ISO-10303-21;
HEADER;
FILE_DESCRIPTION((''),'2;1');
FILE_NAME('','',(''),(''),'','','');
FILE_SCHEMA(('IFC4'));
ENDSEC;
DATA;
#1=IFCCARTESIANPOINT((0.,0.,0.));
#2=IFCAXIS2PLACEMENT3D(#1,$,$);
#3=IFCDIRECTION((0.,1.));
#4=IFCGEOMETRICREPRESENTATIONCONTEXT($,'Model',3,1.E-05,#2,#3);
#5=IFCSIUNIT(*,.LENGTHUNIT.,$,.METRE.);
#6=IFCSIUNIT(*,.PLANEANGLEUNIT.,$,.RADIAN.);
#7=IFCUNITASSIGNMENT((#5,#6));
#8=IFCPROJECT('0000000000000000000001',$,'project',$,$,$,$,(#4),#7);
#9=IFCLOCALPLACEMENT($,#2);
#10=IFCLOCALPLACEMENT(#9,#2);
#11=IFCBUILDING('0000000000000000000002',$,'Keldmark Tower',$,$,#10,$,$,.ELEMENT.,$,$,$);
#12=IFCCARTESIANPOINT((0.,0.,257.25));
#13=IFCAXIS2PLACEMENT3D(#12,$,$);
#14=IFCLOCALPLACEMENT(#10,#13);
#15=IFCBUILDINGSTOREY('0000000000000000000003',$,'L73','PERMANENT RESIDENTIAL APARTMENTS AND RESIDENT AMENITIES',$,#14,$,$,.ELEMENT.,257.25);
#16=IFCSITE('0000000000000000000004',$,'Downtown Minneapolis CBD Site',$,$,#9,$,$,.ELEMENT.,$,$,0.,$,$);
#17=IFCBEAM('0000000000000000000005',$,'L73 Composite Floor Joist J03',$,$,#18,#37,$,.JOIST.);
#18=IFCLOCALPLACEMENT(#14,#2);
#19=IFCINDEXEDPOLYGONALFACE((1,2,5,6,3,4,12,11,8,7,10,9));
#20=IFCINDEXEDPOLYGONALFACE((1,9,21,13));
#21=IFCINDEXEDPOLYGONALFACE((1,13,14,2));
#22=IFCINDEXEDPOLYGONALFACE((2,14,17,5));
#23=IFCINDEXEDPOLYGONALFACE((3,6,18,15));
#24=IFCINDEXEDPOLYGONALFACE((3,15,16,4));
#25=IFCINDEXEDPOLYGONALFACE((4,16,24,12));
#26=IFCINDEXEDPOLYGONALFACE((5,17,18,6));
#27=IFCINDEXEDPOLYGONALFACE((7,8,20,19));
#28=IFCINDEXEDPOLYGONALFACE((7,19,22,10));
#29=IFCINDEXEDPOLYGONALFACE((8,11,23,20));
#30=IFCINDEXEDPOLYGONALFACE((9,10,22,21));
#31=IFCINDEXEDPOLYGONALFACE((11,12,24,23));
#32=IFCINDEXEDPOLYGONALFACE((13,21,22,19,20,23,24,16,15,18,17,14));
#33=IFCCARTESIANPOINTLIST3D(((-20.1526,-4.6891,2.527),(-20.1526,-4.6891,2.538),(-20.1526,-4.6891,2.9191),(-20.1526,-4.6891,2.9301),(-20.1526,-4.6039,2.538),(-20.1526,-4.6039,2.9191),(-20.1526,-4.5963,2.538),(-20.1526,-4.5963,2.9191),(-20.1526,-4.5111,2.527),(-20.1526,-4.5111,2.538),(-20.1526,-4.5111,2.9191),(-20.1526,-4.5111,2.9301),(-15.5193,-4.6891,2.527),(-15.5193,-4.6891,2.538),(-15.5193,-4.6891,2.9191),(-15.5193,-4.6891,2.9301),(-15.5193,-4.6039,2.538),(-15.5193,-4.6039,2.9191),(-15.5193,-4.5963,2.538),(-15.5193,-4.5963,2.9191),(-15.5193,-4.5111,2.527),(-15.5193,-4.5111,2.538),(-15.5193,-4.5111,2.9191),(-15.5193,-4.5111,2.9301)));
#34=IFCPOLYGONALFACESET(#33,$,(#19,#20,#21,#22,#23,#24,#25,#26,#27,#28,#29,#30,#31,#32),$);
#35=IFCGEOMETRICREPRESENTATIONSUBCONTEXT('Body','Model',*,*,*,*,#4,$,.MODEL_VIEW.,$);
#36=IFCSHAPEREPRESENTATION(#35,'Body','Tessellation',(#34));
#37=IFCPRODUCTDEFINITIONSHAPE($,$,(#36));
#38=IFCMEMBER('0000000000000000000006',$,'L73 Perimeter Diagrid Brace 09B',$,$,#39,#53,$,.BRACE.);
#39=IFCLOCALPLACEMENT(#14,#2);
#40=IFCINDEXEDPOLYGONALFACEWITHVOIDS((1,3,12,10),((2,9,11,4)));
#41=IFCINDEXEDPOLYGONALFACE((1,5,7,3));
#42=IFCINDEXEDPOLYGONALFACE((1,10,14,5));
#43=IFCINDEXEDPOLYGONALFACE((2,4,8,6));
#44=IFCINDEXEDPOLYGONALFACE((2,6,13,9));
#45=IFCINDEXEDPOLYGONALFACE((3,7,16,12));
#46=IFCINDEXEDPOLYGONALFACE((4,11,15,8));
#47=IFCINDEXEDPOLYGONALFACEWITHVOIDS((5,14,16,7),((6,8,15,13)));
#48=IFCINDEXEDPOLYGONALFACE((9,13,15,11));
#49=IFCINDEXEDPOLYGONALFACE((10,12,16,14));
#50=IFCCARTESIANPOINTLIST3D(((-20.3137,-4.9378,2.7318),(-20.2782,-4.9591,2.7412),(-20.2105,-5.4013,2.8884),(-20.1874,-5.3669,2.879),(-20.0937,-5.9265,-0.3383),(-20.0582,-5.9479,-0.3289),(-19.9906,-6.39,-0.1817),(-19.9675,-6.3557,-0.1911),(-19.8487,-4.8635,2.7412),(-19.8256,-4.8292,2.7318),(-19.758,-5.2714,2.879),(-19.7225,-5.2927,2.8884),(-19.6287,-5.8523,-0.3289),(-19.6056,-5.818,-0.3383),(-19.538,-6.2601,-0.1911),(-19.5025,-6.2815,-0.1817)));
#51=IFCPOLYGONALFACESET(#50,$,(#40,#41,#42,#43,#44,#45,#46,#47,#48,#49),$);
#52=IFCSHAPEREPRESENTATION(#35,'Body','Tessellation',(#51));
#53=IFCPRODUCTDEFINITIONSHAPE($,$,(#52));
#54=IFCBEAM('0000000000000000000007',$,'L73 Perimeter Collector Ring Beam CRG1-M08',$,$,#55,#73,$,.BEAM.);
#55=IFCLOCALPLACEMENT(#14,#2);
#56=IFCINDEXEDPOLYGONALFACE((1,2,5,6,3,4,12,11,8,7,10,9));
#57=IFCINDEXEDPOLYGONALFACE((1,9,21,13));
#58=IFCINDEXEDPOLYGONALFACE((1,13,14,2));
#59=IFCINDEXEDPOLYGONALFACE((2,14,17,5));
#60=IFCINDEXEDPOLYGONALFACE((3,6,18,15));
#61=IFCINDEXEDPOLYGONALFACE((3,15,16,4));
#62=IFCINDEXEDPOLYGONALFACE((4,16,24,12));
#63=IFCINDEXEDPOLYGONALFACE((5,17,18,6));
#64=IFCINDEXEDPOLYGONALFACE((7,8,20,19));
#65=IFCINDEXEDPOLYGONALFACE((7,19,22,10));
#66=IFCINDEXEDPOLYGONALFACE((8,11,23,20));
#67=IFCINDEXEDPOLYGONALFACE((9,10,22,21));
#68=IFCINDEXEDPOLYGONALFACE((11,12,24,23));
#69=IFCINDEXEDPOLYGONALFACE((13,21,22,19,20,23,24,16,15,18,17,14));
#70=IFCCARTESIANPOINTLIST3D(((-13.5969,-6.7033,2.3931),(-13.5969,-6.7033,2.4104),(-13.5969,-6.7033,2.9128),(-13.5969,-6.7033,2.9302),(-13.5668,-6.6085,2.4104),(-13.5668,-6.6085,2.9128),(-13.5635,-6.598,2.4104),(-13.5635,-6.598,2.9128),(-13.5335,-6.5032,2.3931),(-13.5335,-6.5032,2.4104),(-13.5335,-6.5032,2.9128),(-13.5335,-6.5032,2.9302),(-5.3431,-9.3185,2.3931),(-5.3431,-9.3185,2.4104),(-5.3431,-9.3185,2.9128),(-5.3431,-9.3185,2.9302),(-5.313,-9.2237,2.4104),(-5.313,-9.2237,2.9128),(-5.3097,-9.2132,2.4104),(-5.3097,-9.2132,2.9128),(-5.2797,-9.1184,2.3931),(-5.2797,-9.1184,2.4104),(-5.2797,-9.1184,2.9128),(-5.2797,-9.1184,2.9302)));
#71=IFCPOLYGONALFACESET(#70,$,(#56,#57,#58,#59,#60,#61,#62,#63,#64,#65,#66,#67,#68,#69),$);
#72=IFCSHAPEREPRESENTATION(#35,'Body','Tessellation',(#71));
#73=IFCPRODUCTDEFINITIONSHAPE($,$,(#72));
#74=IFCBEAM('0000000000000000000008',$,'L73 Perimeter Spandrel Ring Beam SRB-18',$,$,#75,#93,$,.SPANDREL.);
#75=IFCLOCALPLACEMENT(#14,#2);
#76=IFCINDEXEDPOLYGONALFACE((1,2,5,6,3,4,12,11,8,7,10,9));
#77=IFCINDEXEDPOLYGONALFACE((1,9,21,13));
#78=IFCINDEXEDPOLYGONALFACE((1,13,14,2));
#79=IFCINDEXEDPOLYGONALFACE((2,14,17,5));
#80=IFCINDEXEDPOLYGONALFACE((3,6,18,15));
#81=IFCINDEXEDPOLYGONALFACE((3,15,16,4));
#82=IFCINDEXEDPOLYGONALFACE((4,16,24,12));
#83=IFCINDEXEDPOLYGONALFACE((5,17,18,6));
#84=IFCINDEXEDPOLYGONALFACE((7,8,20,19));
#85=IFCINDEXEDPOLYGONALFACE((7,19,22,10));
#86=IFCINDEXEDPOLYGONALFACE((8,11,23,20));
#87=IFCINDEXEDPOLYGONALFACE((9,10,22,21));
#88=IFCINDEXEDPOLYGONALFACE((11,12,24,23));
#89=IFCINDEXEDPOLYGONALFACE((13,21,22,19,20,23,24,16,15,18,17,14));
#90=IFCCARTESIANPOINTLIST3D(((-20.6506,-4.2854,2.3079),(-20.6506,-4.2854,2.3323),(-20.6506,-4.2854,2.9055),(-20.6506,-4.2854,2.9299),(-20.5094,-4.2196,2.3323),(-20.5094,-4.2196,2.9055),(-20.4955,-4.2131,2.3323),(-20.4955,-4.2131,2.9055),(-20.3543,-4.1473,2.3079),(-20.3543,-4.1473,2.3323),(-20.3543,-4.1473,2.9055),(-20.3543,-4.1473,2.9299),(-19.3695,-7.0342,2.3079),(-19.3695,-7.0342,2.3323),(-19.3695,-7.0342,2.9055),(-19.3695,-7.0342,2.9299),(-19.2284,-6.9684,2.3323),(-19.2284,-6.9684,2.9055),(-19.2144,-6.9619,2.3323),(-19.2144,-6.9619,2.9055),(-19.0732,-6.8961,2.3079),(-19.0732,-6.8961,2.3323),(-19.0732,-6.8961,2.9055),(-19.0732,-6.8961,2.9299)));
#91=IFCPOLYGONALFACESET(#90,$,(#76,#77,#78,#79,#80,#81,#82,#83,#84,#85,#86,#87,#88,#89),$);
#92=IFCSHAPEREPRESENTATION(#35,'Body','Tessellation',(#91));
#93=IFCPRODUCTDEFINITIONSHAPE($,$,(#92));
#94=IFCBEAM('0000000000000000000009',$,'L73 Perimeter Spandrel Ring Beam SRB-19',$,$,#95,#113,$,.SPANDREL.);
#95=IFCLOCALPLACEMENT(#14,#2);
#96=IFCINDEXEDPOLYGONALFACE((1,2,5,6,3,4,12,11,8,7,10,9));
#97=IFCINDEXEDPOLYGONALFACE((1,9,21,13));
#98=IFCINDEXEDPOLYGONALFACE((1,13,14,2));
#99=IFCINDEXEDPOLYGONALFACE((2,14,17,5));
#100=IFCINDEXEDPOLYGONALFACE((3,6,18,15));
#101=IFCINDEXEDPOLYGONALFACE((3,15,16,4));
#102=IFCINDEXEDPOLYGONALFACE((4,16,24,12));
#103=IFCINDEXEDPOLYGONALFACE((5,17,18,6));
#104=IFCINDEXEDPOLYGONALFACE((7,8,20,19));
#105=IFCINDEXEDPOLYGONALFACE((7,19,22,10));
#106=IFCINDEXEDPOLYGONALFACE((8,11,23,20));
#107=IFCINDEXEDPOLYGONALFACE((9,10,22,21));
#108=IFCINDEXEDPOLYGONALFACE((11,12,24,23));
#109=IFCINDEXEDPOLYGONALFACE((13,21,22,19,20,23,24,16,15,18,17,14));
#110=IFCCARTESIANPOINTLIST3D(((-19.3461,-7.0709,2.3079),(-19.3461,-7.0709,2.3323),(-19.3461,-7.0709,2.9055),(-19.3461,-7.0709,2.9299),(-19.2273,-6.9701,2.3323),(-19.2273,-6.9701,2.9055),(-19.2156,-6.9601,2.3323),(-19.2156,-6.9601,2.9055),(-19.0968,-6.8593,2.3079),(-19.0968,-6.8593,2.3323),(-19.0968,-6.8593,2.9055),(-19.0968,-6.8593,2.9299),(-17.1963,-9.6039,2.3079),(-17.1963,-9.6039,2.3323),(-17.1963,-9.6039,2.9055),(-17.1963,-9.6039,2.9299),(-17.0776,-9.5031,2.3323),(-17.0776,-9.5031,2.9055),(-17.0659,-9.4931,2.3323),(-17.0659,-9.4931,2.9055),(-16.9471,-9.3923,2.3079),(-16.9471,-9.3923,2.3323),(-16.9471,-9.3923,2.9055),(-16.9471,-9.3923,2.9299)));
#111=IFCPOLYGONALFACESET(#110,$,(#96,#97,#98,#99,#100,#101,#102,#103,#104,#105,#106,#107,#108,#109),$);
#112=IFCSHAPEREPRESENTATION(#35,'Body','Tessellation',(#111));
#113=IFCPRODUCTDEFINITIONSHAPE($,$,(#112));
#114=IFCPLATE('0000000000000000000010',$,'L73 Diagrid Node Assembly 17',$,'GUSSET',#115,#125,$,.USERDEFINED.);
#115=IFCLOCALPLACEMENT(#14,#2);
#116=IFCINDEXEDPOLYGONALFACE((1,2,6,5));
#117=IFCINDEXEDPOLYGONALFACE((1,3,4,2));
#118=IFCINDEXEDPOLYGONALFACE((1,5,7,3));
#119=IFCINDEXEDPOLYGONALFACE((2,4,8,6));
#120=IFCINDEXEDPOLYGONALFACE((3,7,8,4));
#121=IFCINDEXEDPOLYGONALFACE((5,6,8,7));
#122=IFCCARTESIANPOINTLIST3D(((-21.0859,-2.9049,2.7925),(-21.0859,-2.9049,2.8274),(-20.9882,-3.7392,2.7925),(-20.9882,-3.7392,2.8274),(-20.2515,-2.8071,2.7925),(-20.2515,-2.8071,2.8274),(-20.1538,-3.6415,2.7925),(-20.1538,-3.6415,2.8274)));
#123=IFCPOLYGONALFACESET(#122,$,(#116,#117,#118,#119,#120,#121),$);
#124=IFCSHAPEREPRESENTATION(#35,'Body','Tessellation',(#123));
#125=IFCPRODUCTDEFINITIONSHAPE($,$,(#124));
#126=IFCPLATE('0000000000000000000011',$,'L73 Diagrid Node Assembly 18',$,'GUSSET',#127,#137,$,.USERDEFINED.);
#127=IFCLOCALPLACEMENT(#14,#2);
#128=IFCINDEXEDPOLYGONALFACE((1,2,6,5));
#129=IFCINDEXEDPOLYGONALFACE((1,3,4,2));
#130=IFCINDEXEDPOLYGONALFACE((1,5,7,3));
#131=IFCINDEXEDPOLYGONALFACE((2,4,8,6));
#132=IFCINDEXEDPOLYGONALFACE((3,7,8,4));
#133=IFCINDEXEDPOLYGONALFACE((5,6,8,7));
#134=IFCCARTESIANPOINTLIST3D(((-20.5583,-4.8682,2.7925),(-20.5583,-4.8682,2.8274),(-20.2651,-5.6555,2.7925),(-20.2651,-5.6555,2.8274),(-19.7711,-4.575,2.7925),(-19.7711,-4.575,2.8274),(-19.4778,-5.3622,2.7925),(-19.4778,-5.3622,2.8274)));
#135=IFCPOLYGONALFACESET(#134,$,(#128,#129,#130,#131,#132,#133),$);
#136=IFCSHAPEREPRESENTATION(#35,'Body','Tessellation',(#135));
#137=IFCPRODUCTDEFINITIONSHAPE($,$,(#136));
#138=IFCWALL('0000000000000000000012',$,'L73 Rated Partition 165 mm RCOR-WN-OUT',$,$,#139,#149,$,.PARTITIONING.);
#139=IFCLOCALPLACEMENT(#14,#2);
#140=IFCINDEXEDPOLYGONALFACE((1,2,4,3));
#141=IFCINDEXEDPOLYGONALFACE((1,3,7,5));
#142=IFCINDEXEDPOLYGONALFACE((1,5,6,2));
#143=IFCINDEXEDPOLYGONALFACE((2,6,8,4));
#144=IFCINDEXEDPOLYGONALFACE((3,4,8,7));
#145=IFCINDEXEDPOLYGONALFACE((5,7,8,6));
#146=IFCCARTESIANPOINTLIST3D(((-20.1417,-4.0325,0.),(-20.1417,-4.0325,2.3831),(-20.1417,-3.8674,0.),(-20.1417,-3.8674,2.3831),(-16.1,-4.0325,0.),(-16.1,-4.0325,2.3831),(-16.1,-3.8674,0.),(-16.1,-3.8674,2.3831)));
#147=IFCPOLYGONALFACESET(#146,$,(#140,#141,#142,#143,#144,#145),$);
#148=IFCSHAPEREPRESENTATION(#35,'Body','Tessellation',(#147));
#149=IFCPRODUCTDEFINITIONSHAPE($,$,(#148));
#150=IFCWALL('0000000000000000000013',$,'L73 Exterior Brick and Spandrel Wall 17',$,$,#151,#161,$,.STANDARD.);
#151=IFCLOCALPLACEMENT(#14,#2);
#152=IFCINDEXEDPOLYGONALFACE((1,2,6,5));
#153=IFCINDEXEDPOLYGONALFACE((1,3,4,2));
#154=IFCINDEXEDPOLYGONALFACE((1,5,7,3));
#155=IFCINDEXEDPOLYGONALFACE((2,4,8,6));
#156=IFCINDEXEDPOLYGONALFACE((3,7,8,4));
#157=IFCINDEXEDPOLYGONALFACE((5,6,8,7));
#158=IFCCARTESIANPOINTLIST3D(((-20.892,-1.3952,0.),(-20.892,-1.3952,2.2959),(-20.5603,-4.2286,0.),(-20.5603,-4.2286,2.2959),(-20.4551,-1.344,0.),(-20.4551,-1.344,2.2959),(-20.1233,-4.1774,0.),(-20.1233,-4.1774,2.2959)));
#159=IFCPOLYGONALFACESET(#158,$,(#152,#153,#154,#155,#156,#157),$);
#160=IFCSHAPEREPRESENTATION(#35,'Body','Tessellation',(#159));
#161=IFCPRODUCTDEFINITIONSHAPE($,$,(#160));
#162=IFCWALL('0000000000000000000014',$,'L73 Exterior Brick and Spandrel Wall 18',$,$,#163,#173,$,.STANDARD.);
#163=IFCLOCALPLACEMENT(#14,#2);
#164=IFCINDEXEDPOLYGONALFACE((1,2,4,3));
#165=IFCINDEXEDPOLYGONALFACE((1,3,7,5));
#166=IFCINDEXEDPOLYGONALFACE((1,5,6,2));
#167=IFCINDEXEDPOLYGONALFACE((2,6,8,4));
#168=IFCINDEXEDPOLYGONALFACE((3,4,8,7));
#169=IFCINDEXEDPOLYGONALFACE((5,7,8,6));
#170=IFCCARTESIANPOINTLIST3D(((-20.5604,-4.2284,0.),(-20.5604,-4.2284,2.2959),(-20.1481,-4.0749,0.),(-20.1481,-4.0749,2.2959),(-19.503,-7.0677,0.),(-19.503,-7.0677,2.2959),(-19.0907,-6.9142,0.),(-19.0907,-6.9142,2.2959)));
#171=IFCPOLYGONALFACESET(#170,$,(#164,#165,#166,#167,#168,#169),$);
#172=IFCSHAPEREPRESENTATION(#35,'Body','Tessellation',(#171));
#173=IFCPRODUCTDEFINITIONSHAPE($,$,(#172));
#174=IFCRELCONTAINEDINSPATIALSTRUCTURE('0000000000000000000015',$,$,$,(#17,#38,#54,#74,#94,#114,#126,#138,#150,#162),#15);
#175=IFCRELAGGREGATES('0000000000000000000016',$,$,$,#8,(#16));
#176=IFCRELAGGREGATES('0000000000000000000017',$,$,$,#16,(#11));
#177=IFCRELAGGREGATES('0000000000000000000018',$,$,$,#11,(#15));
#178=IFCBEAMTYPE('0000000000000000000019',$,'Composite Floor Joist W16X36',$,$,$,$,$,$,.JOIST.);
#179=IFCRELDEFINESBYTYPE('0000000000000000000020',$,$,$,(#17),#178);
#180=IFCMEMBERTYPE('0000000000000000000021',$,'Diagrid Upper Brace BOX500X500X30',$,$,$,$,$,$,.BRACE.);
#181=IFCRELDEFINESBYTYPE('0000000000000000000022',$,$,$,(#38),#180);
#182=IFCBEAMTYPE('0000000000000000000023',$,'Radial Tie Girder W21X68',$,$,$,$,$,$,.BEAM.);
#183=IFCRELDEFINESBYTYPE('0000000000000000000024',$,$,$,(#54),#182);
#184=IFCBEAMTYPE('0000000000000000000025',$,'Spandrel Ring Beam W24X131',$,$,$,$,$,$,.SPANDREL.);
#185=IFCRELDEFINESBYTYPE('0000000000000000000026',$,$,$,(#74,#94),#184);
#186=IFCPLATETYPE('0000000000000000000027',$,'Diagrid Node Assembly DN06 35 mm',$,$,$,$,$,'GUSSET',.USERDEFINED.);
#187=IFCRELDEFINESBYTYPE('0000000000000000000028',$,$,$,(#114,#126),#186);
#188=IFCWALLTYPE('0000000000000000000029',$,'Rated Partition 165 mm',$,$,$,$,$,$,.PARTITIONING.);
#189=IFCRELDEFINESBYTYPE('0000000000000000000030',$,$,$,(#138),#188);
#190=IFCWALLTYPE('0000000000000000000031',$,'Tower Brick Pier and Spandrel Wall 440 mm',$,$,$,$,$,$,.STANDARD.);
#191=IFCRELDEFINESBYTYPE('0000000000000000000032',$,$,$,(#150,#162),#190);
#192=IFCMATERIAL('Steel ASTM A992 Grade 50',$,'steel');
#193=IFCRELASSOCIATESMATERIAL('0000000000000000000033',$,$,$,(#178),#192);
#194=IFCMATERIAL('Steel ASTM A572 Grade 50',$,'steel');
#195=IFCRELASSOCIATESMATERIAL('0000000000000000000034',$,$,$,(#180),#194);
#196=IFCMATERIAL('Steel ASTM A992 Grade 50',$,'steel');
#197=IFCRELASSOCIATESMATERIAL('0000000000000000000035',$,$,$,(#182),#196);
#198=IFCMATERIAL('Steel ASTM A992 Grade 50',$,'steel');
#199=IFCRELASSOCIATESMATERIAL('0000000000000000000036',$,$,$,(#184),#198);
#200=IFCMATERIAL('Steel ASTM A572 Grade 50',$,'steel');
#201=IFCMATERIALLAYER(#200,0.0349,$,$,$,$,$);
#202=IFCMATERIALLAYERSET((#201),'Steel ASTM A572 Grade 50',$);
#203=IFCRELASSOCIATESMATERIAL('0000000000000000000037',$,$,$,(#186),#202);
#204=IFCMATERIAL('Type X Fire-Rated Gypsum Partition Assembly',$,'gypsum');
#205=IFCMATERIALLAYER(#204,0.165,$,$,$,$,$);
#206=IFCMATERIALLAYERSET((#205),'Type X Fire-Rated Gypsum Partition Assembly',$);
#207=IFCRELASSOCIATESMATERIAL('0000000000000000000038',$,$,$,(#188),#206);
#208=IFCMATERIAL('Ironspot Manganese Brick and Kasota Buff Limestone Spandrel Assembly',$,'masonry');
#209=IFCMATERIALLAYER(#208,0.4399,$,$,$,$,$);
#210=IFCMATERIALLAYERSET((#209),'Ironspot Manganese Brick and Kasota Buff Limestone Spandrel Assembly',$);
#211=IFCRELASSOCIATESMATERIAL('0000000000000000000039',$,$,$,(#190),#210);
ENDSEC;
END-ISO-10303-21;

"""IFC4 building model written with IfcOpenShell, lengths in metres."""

from ifc_helpers import new_model, si_unit, direction, frame, frame_2d, origin, origin_2d, place, context, subcontext, project, spatial, rectangle, hollow_rectangle, i_section, extrude, material, layer, layer_set, material_profile, profile_set, type_object, element, save


model = new_model("IFC4")

# Units and contexts
model_context = context("Model", 3, precision=1e-05, world=origin(), true_north=direction((0.0, 1.0)))
body_context = subcontext(model_context, "Body", "Model", "MODEL_VIEW")
ifc_project = project(units=[si_unit("LENGTHUNIT", "METRE"), si_unit("PLANEANGLEUNIT", "RADIAN")], contexts=[model_context])

# Site, building, storey
site_placement = place(None, origin())
site = spatial("IfcSite", under=ifc_project, at=site_placement, Name="Downtown Minneapolis CBD Site", CompositionType="ELEMENT", RefElevation=0.0)
building_placement = place(site_placement, origin())
building = spatial("IfcBuilding", under=site, at=building_placement, Name="Keldmark Tower", CompositionType="ELEMENT")
storey_placement = place(building_placement, frame((0.0, 0.0, 257.25)))
storey = spatial("IfcBuildingStorey", under=building, at=storey_placement, Name="L73", Description="PERMANENT RESIDENTIAL APARTMENTS AND RESIDENT AMENITIES", CompositionType="ELEMENT", Elevation=257.25)

# Beam
ifc_material_1 = material(Name="Steel ASTM A992 Grade 50", Category="steel")
ifc_material_profile_1 = material_profile(ifc_material_1, i_section(OverallWidth=0.178, OverallDepth=0.4031, WebThickness=0.0076, FlangeThickness=0.011, at=origin_2d()), Name="W16X36")
ifc_profile_set_1 = profile_set([ifc_material_profile_1], Name="Steel ASTM A992 Grade 50")
beam_type_1 = type_object("IfcBeamType", Name="Composite Floor Joist W16X36", PredefinedType="JOIST", material=ifc_profile_set_1)
beam_1_placement = place(storey_placement, frame((-20.1526, -4.6001, 2.7285), z_axis=(1.0, 0.0, 0.0), x_axis=(0.0, 1.0, 0.0)))
element("IfcBeam", 1, at=beam_1_placement, inside=storey, type_object=beam_type_1, Name="L73 Composite Floor Joist J03", PredefinedType="JOIST", context=body_context, shape_type="SweptSolid", body=[
    extrude(i_section(OverallWidth=0.178, OverallDepth=0.4031, WebThickness=0.0076, FlangeThickness=0.011, at=origin_2d()), origin(), (0.0, 0.0, 1.0), 4.6333),
])

# Member
ifc_material_2 = material(Name="Steel ASTM A572 Grade 50", Category="steel")
ifc_material_profile_2 = material_profile(ifc_material_2, hollow_rectangle(XDim=0.5, YDim=0.5, WallThickness=0.03, at=origin_2d()), Name="BOX500X500X30")
ifc_profile_set_2 = profile_set([ifc_material_profile_2], Name="Steel ASTM A572 Grade 50")
member_type = type_object("IfcMemberType", Name="Diagrid Upper Brace BOX500X500X30", PredefinedType="BRACE", material=ifc_profile_set_2)
member_placement = place(storey_placement, frame((-19.7981, -6.104, -0.26), z_axis=(-0.068042, 0.30585, 0.949645), x_axis=(-0.976136, -0.21716, 0.0)))
element("IfcMember", 2, at=member_placement, inside=storey, type_object=member_type, Name="L73 Perimeter Diagrid Brace 09B", PredefinedType="BRACE", context=body_context, shape_type="SweptSolid", body=[
    extrude(hollow_rectangle(XDim=0.5, YDim=0.5, WallThickness=0.03, at=origin_2d()), origin(), (0.0, 0.0, 1.0), 3.2329),
])

# Beams
ifc_material_3 = material(Name="Steel ASTM A992 Grade 50", Category="steel")
ifc_material_profile_3 = material_profile(ifc_material_3, i_section(OverallWidth=0.21, OverallDepth=0.5371, WebThickness=0.011, FlangeThickness=0.0173, at=origin_2d()), Name="W21X68")
ifc_profile_set_3 = profile_set([ifc_material_profile_3], Name="Steel ASTM A992 Grade 50")
beam_type_2 = type_object("IfcBeamType", Name="Radial Tie Girder W21X68", PredefinedType="BEAM", material=ifc_profile_set_3)
beam_2_placement = place(storey_placement, frame((-13.5652, -6.6033, 2.6616), z_axis=(0.953292, -0.302049, 0.0), x_axis=(0.302049, 0.953292, 0.0)))
element("IfcBeam", 3, at=beam_2_placement, inside=storey, type_object=beam_type_2, Name="L73 Perimeter Collector Ring Beam CRG1-M08", PredefinedType="BEAM", context=body_context, shape_type="SweptSolid", body=[
    extrude(i_section(OverallWidth=0.21, OverallDepth=0.5371, WebThickness=0.011, FlangeThickness=0.0173, at=origin_2d()), origin(), (0.0, 0.0, 1.0), 8.6582),
])
ifc_material_4 = material(Name="Steel ASTM A992 Grade 50", Category="steel")
ifc_material_profile_4 = material_profile(ifc_material_4, i_section(OverallWidth=0.3269, OverallDepth=0.6221, WebThickness=0.0154, FlangeThickness=0.0244, at=origin_2d()), Name="W24X131")
ifc_profile_set_4 = profile_set([ifc_material_profile_4], Name="Steel ASTM A992 Grade 50")
beam_type_3 = type_object("IfcBeamType", Name="Spandrel Ring Beam W24X131", PredefinedType="SPANDREL", material=ifc_profile_set_4)
beam_3_placement = place(storey_placement, frame((-20.5024, -4.2163, 2.6189), z_axis=(0.422409, -0.906405, 0.0), x_axis=(0.906405, 0.422409, 0.0)))
element("IfcBeam", 4, at=beam_3_placement, inside=storey, type_object=beam_type_3, Name="L73 Perimeter Spandrel Ring Beam SRB-18", PredefinedType="SPANDREL", context=body_context, shape_type="SweptSolid", body=[
    extrude(i_section(OverallWidth=0.3269, OverallDepth=0.6221, WebThickness=0.0154, FlangeThickness=0.0244, at=origin_2d()), origin(), (0.0, 0.0, 1.0), 3.0327),
])
beam_4_placement = place(storey_placement, frame((-19.2214, -6.9651, 2.6189), z_axis=(0.647062, -0.762438, 0.0), x_axis=(0.762438, 0.647062, 0.0)))
element("IfcBeam", 5, at=beam_4_placement, inside=storey, type_object=beam_type_3, Name="L73 Perimeter Spandrel Ring Beam SRB-19", PredefinedType="SPANDREL", context=body_context, shape_type="SweptSolid", body=[
    extrude(i_section(OverallWidth=0.3269, OverallDepth=0.6221, WebThickness=0.0154, FlangeThickness=0.0244, at=origin_2d()), origin(), (0.0, 0.0, 1.0), 3.3223),
])

# Plates
ifc_material_5 = material(Name="Steel ASTM A572 Grade 50", Category="steel")
ifc_layer_1 = layer(ifc_material_5, 0.0349)
ifc_layer_set_1 = layer_set([ifc_layer_1], Name="Steel ASTM A572 Grade 50")
plate_type = type_object("IfcPlateType", Name="Diagrid Node Assembly DN06 35 mm", ElementType="GUSSET", PredefinedType="USERDEFINED", material=ifc_layer_set_1)
for number, where, z_axis, x_axis, name in (
    (6, (-20.6199, -3.2732, 2.7925), (0.0, 0.0, 1.0), (0.116324, -0.993211, 0.0), "L73 Diagrid Node Assembly 17"),
    (7, (-20.0181, -5.1152, 2.7925), (0.0, 0.0, 1.0), (0.349063, -0.937099, 0.0), "L73 Diagrid Node Assembly 18"),
):
    element("IfcPlate", number, at=place(storey_placement, frame(where, z_axis=z_axis, x_axis=x_axis)), inside=storey, type_object=plate_type, Name=name, ObjectType="GUSSET", PredefinedType="USERDEFINED", context=body_context, shape_type="SweptSolid", body=[
        extrude(rectangle(XDim=0.8401, YDim=0.8401, at=origin_2d()), origin(), (0.0, 0.0, 1.0), 0.0349),
    ])

# Shared definitions
ifc_material_6 = material(Name="Type X Fire-Rated Gypsum Partition Assembly", Category="gypsum")
ifc_layer_2 = layer(ifc_material_6, 0.165)
ifc_layer_set_2 = layer_set([ifc_layer_2], Name="Type X Fire-Rated Gypsum Partition Assembly")
wall_type_1 = type_object("IfcWallType", Name="Rated Partition 165 mm", PredefinedType="PARTITIONING", material=ifc_layer_set_2)

# Wall
wall_1_placement = place(storey_placement, frame((-20.1418, -3.95, 0.0), z_axis=(0.0, 0.0, 1.0), x_axis=(1.0, 0.0, 0.0)))
element("IfcWall", 8, at=wall_1_placement, inside=storey, type_object=wall_type_1, Name="L73 Rated Partition 165 mm RCOR-WN-OUT", PredefinedType="PARTITIONING", context=body_context, shape_type="SweptSolid", body=[
    extrude(rectangle(XDim=4.0417, YDim=0.165, at=frame_2d((2.021, 0.0))), origin(), (0.0, 0.0, 1.0), 2.3831),
])

# Walls
ifc_material_7 = material(Name="Ironspot Manganese Brick and Kasota Buff Limestone Spandrel Assembly", Category="masonry")
ifc_layer_3 = layer(ifc_material_7, 0.4399)
ifc_layer_set_3 = layer_set([ifc_layer_3], Name="Ironspot Manganese Brick and Kasota Buff Limestone Spandrel Assembly")
wall_type_2 = type_object("IfcWallType", Name="Tower Brick Pier and Spandrel Wall 440 mm", PredefinedType="STANDARD", material=ifc_layer_set_3)
wall_2_placement = place(storey_placement, frame((-20.3418, -4.2029, 0.0), z_axis=(0.0, 0.0, 1.0), x_axis=(-0.1163, 0.993214, 0.0)))
element("IfcWall", 9, at=wall_2_placement, inside=storey, type_object=wall_type_2, Name="L73 Exterior Brick and Spandrel Wall 17", PredefinedType="STANDARD", context=body_context, shape_type="SweptSolid", body=[
    extrude(rectangle(XDim=2.8528, YDim=0.4399, at=frame_2d((1.4263, 0.0))), origin(), (0.0, 0.0, 1.0), 2.2959),
])
wall_3_placement = place(storey_placement, frame((-19.2969, -6.991, 0.0), z_axis=(0.0, 0.0, 1.0), x_axis=(-0.348986, 0.937128, 0.0)))
element("IfcWall", 10, at=wall_3_placement, inside=storey, type_object=wall_type_2, Name="L73 Exterior Brick and Spandrel Wall 18", PredefinedType="STANDARD", context=body_context, shape_type="SweptSolid", body=[
    extrude(rectangle(XDim=3.0298, YDim=0.4399, at=frame_2d((1.5149, 0.0))), origin(), (0.0, 0.0, 1.0), 2.2959),
])

save(model, "model.ifc")
